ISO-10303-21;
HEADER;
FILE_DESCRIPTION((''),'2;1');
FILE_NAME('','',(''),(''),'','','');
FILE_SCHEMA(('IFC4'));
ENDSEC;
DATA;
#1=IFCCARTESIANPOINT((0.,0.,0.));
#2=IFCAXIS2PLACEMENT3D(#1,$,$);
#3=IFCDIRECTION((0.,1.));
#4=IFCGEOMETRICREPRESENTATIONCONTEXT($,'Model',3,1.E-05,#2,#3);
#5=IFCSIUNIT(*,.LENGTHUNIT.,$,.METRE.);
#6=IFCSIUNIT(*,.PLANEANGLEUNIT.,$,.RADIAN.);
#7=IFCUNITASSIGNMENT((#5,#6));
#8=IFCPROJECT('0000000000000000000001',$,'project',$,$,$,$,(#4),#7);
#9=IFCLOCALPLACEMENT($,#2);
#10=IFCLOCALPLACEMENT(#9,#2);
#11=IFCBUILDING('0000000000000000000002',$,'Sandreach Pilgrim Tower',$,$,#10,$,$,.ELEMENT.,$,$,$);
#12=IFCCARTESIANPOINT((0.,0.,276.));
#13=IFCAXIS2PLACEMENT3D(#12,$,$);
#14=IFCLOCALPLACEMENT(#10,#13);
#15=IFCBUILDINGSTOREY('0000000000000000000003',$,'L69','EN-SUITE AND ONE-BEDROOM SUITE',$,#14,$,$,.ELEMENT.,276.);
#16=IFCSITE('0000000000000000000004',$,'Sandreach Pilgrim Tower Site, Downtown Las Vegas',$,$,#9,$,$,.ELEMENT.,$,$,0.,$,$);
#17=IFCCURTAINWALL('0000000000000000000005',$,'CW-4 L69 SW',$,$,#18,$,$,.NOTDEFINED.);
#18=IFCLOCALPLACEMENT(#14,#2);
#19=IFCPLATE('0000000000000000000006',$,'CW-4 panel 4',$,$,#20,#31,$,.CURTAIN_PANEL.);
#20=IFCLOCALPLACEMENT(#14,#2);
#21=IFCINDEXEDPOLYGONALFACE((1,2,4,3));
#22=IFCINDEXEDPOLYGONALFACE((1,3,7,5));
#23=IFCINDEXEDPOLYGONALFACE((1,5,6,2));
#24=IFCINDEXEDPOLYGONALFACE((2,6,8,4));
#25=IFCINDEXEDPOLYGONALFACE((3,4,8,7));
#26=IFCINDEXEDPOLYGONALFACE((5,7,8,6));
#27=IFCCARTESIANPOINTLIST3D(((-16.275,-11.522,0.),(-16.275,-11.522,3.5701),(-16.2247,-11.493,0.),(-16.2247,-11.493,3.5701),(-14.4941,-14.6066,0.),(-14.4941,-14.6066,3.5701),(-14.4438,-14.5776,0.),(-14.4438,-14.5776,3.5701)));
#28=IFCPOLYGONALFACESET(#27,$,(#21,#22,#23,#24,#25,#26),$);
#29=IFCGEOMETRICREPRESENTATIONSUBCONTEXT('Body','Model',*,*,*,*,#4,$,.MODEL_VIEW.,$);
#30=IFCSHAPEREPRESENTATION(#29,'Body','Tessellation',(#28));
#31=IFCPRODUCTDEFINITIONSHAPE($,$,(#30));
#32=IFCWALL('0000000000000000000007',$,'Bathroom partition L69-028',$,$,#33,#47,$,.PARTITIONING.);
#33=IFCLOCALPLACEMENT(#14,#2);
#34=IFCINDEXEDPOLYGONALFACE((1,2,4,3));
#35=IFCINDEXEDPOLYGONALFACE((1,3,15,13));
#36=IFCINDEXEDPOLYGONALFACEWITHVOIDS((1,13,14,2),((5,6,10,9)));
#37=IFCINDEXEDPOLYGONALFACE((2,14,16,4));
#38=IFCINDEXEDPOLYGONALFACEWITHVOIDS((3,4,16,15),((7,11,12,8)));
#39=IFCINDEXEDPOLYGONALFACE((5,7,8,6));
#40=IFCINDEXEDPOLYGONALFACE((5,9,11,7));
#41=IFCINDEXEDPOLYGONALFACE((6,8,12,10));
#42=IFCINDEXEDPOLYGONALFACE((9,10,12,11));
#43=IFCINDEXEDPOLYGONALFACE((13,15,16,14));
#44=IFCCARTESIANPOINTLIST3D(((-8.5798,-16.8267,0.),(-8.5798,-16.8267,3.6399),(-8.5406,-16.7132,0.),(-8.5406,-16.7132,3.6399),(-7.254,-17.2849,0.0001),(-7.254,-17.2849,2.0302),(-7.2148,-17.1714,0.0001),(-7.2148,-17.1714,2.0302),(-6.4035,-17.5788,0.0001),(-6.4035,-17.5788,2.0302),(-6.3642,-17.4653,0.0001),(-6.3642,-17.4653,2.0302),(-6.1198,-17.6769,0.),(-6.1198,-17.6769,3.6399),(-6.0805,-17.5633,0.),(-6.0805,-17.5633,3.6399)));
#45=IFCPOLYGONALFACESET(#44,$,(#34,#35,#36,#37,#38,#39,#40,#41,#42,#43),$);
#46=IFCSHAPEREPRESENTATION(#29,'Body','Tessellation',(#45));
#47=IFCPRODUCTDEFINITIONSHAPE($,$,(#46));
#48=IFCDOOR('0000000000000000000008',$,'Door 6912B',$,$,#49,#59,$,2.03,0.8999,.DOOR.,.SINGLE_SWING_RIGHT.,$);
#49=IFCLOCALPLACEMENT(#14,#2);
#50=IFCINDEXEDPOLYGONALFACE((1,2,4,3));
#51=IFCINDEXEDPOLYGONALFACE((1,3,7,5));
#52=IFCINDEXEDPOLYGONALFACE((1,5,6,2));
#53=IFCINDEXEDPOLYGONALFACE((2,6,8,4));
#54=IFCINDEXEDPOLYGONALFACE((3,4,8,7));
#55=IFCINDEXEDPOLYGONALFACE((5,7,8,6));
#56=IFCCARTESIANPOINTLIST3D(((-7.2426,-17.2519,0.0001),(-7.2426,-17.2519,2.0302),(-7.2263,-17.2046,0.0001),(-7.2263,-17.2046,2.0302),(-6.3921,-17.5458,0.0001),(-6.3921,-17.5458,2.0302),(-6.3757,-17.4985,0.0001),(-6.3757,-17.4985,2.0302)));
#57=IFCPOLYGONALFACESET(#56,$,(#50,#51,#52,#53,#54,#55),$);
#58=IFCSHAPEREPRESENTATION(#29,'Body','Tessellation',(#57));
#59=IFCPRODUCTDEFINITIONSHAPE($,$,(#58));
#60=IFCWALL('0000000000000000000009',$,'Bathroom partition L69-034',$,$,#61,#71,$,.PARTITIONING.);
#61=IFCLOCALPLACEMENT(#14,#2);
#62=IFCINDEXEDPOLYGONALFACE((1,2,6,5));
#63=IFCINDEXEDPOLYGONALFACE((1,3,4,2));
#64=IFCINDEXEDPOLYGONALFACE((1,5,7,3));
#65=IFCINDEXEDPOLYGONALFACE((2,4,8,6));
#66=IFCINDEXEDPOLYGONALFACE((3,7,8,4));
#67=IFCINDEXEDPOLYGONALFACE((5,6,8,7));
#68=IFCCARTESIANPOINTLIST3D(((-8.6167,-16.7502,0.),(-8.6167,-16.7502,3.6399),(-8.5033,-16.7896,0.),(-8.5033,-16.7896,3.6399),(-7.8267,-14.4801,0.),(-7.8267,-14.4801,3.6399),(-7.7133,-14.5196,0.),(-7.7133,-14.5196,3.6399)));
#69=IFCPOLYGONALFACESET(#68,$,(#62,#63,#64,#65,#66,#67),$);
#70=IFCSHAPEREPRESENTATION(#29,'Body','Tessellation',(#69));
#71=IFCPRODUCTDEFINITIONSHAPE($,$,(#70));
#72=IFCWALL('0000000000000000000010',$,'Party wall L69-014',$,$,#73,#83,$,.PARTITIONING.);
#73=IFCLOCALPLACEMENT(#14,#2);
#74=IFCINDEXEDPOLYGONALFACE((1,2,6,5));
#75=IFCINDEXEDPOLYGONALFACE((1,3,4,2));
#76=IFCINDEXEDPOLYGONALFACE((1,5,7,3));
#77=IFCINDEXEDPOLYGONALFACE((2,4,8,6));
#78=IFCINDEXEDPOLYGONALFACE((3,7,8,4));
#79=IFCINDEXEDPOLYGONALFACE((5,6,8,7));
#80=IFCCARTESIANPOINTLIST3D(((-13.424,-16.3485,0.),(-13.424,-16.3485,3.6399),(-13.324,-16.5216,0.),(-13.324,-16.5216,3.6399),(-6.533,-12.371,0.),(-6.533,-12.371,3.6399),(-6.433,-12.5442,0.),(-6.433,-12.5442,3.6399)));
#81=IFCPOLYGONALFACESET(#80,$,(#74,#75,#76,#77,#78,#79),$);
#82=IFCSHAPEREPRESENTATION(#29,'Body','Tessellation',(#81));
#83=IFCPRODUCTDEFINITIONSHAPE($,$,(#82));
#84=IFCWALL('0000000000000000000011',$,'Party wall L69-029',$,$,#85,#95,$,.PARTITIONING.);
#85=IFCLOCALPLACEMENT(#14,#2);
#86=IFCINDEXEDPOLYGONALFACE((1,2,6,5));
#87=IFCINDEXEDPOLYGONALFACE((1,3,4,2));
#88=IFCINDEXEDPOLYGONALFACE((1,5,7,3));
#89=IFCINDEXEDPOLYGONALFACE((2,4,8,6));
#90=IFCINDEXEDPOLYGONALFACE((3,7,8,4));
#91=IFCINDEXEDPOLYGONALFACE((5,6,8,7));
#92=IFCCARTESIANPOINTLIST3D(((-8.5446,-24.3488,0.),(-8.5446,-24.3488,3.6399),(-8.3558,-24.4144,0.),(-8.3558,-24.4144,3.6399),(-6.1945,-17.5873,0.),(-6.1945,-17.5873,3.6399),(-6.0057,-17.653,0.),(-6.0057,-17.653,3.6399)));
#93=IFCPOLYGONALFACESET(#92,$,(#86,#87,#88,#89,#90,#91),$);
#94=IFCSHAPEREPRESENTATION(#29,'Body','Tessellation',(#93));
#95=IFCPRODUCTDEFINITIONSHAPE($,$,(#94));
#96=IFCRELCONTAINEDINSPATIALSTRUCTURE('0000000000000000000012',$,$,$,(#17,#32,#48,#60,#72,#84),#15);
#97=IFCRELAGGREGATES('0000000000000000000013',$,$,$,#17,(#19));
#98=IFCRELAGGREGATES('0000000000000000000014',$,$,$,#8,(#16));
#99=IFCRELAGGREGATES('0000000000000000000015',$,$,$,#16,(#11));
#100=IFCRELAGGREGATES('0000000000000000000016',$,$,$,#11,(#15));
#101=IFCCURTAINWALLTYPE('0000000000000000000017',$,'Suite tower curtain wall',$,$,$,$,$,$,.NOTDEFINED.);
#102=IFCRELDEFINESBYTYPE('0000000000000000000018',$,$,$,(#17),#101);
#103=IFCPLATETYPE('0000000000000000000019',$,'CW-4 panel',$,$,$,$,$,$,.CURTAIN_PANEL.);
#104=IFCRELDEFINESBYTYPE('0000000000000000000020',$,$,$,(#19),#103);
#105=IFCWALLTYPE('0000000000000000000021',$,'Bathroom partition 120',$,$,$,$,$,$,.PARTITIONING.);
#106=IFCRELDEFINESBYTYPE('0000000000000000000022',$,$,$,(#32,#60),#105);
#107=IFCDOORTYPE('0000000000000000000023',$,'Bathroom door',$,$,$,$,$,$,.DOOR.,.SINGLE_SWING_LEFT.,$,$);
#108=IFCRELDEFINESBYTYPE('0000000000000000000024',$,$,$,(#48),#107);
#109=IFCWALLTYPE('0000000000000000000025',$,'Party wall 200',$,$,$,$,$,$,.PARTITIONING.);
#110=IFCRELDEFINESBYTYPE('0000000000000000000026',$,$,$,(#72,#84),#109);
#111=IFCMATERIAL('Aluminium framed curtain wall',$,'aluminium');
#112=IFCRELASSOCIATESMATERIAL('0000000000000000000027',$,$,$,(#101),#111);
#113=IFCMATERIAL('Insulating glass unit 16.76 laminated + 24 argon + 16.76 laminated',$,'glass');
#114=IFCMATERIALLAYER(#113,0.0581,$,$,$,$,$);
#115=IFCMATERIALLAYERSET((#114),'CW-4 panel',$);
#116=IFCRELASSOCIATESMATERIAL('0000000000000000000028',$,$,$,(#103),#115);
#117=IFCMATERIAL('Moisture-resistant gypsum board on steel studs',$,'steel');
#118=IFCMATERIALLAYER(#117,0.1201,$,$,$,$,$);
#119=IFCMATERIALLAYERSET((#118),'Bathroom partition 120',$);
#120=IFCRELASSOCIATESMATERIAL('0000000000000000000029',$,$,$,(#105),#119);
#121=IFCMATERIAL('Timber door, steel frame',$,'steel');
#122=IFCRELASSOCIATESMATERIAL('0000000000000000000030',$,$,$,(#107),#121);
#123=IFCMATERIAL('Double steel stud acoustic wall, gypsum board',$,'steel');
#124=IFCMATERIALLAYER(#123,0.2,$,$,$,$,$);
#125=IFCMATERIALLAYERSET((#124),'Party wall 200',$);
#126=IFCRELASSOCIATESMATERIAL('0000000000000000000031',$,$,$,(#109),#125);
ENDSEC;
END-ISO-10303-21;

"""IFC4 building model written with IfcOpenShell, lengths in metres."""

from ifc_helpers import new_model, si_unit, direction, frame, frame_2d, origin, origin_2d, place, context, subcontext, project, spatial, rectangle, extrude, material, layer, layer_set, type_object, element, fill, aggregate, save


model = new_model("IFC4")

# Units and contexts
model_context = context("Model", 3, precision=1e-05, world=origin(), true_north=direction((0.0, 1.0)))
body_context = subcontext(model_context, "Body", "Model", "MODEL_VIEW")
ifc_project = project(units=[si_unit("LENGTHUNIT", "METRE"), si_unit("PLANEANGLEUNIT", "RADIAN")], contexts=[model_context])

# Site, building, storey
site_placement = place(None, origin())
site = spatial("IfcSite", under=ifc_project, at=site_placement, Name="Sandreach Pilgrim Tower Site, Downtown Las Vegas", CompositionType="ELEMENT", RefElevation=0.0)
building_placement = place(site_placement, origin())
building = spatial("IfcBuilding", under=site, at=building_placement, Name="Sandreach Pilgrim Tower", CompositionType="ELEMENT")
storey_placement = place(building_placement, frame((0.0, 0.0, 276.0)))
storey = spatial("IfcBuildingStorey", under=building, at=storey_placement, Name="L69", Description="EN-SUITE AND ONE-BEDROOM SUITE", CompositionType="ELEMENT", Elevation=276.0)

# Curtain wall
ifc_material_1 = material(Name="Aluminium framed curtain wall", Category="aluminium")
curtain_wall_type = type_object("IfcCurtainWallType", Name="Suite tower curtain wall", PredefinedType="NOTDEFINED", material=ifc_material_1)
curtain_wall_placement = place(storey_placement, origin())
curtain_wall = element("IfcCurtainWall", 1, at=curtain_wall_placement, inside=storey, type_object=curtain_wall_type, Name="CW-4 L69 SW", PredefinedType="NOTDEFINED")

# Plate
ifc_material_2 = material(Name="Insulating glass unit 16.76 laminated + 24 argon + 16.76 laminated", Category="glass")
ifc_layer_1 = layer(ifc_material_2, 0.0581)
ifc_layer_set_1 = layer_set([ifc_layer_1], Name="CW-4 panel")
plate_type = type_object("IfcPlateType", Name="CW-4 panel", PredefinedType="CURTAIN_PANEL", material=ifc_layer_set_1)
plate_1_placement = place(storey_placement, frame((-15.3594, -13.0498, 0.0), z_axis=(0.0, 0.0, 1.0), x_axis=(-0.5, 0.866025, 0.0)))
plate_1 = element("IfcPlate", 2, at=plate_1_placement, type_object=plate_type, Name="CW-4 panel 4", PredefinedType="CURTAIN_PANEL", context=body_context, shape_type="SweptSolid", body=[
    extrude(rectangle(XDim=3.5618, YDim=0.0581, at=origin_2d()), origin(), (0.0, 0.0, 1.0), 3.5701),
])
aggregate(curtain_wall, [plate_1])

# Wall, opening, door
ifc_material_3 = material(Name="Moisture-resistant gypsum board on steel studs", Category="steel")
ifc_layer_2 = layer(ifc_material_3, 0.1201)
ifc_layer_set_2 = layer_set([ifc_layer_2], Name="Bathroom partition 120")
wall_type_1 = type_object("IfcWallType", Name="Bathroom partition 120", PredefinedType="PARTITIONING", material=ifc_layer_set_2)
wall_1_placement = place(storey_placement, frame((-8.5601, -16.77, 0.0), z_axis=(0.0, 0.0, 1.0), x_axis=(0.945155, -0.326621, 0.0)))
wall_1 = element("IfcWall", 3, at=wall_1_placement, inside=storey, type_object=wall_type_1, Name="Bathroom partition L69-028", PredefinedType="PARTITIONING", context=body_context, shape_type="SweptSolid", body=[
    extrude(rectangle(XDim=2.6028, YDim=0.1201, at=frame_2d((1.3013, 0.0))), origin(), (0.0, 0.0, 1.0), 3.6399),
])
opening_placement = place(wall_1_placement, frame((1.4026, 0.0, 0.0)))
opening = element("IfcOpeningElement", 4, at=opening_placement, cuts=wall_1, PredefinedType="OPENING", context=body_context, shape_type="SweptSolid", body=[
    extrude(rectangle(XDim=0.8999, YDim=2.03, at=frame_2d((0.45, 1.0151))), frame((0.0, 0.0601, 0.0), z_axis=(0.0, -1.0, 0.0), x_axis=(1.0, 0.0, 0.0)), (0.0, 0.0, 1.0), 0.1201),
])
ifc_material_4 = material(Name="Timber door, steel frame", Category="steel")
door_type = type_object("IfcDoorType", Name="Bathroom door", OperationType="SINGLE_SWING_LEFT", PredefinedType="DOOR", material=ifc_material_4)
door_placement = place(opening_placement, origin())
door = element("IfcDoor", 5, at=door_placement, inside=storey, type_object=door_type, Name="Door 6912B", OperationType="SINGLE_SWING_RIGHT", OverallHeight=2.03, OverallWidth=0.8999, PredefinedType="DOOR", context=body_context, shape_type="SweptSolid", body=[
    extrude(rectangle(XDim=0.8999, YDim=2.03, at=frame_2d((0.45, 1.0151))), frame((0.0, 0.0249, 0.0), z_axis=(0.0, -1.0, 0.0), x_axis=(1.0, 0.0, 0.0)), (0.0, 0.0, 1.0), 0.05),
])
fill(opening, door)

# Walls
wall_2_placement = place(storey_placement, frame((-7.77, -14.5, 0.0), z_axis=(0.0, 0.0, 1.0), x_axis=(-0.328694, -0.944436, 0.0)))
element("IfcWall", 6, at=wall_2_placement, inside=storey, type_object=wall_type_1, Name="Bathroom partition L69-034", PredefinedType="PARTITIONING", context=body_context, shape_type="SweptSolid", body=[
    extrude(rectangle(XDim=2.4036, YDim=0.1201, at=frame_2d((1.2017, 0.0))), origin(), (0.0, 0.0, 1.0), 3.6399),
])
ifc_material_5 = material(Name="Double steel stud acoustic wall, gypsum board", Category="steel")
ifc_layer_3 = layer(ifc_material_5, 0.2)
ifc_layer_set_3 = layer_set([ifc_layer_3], Name="Party wall 200")
wall_type_2 = type_object("IfcWallType", Name="Party wall 200", PredefinedType="PARTITIONING", material=ifc_layer_set_3)
wall_3_placement = place(storey_placement, frame((-13.374, -16.4351, 0.0), z_axis=(0.0, 0.0, 1.0), x_axis=(0.866082, 0.499901, 0.0)))
element("IfcWall", 7, at=wall_3_placement, inside=storey, type_object=wall_type_2, Name="Party wall L69-014", PredefinedType="PARTITIONING", context=body_context, shape_type="SweptSolid", body=[
    extrude(rectangle(XDim=7.9565, YDim=0.2, at=frame_2d((3.9783, 0.0))), origin(), (0.0, 0.0, 1.0), 3.6399),
])
wall_4_placement = place(storey_placement, frame((-8.4502, -24.3816, 0.0), z_axis=(0.0, 0.0, 1.0), x_axis=(0.328306, 0.944571, 0.0)))
element("IfcWall", 8, at=wall_4_placement, inside=storey, type_object=wall_type_2, Name="Party wall L69-029", PredefinedType="PARTITIONING", context=body_context, shape_type="SweptSolid", body=[
    extrude(rectangle(XDim=7.1582, YDim=0.2, at=frame_2d((3.5791, 0.0))), origin(), (0.0, 0.0, 1.0), 3.6399),
])

save(model, "model.ifc")
